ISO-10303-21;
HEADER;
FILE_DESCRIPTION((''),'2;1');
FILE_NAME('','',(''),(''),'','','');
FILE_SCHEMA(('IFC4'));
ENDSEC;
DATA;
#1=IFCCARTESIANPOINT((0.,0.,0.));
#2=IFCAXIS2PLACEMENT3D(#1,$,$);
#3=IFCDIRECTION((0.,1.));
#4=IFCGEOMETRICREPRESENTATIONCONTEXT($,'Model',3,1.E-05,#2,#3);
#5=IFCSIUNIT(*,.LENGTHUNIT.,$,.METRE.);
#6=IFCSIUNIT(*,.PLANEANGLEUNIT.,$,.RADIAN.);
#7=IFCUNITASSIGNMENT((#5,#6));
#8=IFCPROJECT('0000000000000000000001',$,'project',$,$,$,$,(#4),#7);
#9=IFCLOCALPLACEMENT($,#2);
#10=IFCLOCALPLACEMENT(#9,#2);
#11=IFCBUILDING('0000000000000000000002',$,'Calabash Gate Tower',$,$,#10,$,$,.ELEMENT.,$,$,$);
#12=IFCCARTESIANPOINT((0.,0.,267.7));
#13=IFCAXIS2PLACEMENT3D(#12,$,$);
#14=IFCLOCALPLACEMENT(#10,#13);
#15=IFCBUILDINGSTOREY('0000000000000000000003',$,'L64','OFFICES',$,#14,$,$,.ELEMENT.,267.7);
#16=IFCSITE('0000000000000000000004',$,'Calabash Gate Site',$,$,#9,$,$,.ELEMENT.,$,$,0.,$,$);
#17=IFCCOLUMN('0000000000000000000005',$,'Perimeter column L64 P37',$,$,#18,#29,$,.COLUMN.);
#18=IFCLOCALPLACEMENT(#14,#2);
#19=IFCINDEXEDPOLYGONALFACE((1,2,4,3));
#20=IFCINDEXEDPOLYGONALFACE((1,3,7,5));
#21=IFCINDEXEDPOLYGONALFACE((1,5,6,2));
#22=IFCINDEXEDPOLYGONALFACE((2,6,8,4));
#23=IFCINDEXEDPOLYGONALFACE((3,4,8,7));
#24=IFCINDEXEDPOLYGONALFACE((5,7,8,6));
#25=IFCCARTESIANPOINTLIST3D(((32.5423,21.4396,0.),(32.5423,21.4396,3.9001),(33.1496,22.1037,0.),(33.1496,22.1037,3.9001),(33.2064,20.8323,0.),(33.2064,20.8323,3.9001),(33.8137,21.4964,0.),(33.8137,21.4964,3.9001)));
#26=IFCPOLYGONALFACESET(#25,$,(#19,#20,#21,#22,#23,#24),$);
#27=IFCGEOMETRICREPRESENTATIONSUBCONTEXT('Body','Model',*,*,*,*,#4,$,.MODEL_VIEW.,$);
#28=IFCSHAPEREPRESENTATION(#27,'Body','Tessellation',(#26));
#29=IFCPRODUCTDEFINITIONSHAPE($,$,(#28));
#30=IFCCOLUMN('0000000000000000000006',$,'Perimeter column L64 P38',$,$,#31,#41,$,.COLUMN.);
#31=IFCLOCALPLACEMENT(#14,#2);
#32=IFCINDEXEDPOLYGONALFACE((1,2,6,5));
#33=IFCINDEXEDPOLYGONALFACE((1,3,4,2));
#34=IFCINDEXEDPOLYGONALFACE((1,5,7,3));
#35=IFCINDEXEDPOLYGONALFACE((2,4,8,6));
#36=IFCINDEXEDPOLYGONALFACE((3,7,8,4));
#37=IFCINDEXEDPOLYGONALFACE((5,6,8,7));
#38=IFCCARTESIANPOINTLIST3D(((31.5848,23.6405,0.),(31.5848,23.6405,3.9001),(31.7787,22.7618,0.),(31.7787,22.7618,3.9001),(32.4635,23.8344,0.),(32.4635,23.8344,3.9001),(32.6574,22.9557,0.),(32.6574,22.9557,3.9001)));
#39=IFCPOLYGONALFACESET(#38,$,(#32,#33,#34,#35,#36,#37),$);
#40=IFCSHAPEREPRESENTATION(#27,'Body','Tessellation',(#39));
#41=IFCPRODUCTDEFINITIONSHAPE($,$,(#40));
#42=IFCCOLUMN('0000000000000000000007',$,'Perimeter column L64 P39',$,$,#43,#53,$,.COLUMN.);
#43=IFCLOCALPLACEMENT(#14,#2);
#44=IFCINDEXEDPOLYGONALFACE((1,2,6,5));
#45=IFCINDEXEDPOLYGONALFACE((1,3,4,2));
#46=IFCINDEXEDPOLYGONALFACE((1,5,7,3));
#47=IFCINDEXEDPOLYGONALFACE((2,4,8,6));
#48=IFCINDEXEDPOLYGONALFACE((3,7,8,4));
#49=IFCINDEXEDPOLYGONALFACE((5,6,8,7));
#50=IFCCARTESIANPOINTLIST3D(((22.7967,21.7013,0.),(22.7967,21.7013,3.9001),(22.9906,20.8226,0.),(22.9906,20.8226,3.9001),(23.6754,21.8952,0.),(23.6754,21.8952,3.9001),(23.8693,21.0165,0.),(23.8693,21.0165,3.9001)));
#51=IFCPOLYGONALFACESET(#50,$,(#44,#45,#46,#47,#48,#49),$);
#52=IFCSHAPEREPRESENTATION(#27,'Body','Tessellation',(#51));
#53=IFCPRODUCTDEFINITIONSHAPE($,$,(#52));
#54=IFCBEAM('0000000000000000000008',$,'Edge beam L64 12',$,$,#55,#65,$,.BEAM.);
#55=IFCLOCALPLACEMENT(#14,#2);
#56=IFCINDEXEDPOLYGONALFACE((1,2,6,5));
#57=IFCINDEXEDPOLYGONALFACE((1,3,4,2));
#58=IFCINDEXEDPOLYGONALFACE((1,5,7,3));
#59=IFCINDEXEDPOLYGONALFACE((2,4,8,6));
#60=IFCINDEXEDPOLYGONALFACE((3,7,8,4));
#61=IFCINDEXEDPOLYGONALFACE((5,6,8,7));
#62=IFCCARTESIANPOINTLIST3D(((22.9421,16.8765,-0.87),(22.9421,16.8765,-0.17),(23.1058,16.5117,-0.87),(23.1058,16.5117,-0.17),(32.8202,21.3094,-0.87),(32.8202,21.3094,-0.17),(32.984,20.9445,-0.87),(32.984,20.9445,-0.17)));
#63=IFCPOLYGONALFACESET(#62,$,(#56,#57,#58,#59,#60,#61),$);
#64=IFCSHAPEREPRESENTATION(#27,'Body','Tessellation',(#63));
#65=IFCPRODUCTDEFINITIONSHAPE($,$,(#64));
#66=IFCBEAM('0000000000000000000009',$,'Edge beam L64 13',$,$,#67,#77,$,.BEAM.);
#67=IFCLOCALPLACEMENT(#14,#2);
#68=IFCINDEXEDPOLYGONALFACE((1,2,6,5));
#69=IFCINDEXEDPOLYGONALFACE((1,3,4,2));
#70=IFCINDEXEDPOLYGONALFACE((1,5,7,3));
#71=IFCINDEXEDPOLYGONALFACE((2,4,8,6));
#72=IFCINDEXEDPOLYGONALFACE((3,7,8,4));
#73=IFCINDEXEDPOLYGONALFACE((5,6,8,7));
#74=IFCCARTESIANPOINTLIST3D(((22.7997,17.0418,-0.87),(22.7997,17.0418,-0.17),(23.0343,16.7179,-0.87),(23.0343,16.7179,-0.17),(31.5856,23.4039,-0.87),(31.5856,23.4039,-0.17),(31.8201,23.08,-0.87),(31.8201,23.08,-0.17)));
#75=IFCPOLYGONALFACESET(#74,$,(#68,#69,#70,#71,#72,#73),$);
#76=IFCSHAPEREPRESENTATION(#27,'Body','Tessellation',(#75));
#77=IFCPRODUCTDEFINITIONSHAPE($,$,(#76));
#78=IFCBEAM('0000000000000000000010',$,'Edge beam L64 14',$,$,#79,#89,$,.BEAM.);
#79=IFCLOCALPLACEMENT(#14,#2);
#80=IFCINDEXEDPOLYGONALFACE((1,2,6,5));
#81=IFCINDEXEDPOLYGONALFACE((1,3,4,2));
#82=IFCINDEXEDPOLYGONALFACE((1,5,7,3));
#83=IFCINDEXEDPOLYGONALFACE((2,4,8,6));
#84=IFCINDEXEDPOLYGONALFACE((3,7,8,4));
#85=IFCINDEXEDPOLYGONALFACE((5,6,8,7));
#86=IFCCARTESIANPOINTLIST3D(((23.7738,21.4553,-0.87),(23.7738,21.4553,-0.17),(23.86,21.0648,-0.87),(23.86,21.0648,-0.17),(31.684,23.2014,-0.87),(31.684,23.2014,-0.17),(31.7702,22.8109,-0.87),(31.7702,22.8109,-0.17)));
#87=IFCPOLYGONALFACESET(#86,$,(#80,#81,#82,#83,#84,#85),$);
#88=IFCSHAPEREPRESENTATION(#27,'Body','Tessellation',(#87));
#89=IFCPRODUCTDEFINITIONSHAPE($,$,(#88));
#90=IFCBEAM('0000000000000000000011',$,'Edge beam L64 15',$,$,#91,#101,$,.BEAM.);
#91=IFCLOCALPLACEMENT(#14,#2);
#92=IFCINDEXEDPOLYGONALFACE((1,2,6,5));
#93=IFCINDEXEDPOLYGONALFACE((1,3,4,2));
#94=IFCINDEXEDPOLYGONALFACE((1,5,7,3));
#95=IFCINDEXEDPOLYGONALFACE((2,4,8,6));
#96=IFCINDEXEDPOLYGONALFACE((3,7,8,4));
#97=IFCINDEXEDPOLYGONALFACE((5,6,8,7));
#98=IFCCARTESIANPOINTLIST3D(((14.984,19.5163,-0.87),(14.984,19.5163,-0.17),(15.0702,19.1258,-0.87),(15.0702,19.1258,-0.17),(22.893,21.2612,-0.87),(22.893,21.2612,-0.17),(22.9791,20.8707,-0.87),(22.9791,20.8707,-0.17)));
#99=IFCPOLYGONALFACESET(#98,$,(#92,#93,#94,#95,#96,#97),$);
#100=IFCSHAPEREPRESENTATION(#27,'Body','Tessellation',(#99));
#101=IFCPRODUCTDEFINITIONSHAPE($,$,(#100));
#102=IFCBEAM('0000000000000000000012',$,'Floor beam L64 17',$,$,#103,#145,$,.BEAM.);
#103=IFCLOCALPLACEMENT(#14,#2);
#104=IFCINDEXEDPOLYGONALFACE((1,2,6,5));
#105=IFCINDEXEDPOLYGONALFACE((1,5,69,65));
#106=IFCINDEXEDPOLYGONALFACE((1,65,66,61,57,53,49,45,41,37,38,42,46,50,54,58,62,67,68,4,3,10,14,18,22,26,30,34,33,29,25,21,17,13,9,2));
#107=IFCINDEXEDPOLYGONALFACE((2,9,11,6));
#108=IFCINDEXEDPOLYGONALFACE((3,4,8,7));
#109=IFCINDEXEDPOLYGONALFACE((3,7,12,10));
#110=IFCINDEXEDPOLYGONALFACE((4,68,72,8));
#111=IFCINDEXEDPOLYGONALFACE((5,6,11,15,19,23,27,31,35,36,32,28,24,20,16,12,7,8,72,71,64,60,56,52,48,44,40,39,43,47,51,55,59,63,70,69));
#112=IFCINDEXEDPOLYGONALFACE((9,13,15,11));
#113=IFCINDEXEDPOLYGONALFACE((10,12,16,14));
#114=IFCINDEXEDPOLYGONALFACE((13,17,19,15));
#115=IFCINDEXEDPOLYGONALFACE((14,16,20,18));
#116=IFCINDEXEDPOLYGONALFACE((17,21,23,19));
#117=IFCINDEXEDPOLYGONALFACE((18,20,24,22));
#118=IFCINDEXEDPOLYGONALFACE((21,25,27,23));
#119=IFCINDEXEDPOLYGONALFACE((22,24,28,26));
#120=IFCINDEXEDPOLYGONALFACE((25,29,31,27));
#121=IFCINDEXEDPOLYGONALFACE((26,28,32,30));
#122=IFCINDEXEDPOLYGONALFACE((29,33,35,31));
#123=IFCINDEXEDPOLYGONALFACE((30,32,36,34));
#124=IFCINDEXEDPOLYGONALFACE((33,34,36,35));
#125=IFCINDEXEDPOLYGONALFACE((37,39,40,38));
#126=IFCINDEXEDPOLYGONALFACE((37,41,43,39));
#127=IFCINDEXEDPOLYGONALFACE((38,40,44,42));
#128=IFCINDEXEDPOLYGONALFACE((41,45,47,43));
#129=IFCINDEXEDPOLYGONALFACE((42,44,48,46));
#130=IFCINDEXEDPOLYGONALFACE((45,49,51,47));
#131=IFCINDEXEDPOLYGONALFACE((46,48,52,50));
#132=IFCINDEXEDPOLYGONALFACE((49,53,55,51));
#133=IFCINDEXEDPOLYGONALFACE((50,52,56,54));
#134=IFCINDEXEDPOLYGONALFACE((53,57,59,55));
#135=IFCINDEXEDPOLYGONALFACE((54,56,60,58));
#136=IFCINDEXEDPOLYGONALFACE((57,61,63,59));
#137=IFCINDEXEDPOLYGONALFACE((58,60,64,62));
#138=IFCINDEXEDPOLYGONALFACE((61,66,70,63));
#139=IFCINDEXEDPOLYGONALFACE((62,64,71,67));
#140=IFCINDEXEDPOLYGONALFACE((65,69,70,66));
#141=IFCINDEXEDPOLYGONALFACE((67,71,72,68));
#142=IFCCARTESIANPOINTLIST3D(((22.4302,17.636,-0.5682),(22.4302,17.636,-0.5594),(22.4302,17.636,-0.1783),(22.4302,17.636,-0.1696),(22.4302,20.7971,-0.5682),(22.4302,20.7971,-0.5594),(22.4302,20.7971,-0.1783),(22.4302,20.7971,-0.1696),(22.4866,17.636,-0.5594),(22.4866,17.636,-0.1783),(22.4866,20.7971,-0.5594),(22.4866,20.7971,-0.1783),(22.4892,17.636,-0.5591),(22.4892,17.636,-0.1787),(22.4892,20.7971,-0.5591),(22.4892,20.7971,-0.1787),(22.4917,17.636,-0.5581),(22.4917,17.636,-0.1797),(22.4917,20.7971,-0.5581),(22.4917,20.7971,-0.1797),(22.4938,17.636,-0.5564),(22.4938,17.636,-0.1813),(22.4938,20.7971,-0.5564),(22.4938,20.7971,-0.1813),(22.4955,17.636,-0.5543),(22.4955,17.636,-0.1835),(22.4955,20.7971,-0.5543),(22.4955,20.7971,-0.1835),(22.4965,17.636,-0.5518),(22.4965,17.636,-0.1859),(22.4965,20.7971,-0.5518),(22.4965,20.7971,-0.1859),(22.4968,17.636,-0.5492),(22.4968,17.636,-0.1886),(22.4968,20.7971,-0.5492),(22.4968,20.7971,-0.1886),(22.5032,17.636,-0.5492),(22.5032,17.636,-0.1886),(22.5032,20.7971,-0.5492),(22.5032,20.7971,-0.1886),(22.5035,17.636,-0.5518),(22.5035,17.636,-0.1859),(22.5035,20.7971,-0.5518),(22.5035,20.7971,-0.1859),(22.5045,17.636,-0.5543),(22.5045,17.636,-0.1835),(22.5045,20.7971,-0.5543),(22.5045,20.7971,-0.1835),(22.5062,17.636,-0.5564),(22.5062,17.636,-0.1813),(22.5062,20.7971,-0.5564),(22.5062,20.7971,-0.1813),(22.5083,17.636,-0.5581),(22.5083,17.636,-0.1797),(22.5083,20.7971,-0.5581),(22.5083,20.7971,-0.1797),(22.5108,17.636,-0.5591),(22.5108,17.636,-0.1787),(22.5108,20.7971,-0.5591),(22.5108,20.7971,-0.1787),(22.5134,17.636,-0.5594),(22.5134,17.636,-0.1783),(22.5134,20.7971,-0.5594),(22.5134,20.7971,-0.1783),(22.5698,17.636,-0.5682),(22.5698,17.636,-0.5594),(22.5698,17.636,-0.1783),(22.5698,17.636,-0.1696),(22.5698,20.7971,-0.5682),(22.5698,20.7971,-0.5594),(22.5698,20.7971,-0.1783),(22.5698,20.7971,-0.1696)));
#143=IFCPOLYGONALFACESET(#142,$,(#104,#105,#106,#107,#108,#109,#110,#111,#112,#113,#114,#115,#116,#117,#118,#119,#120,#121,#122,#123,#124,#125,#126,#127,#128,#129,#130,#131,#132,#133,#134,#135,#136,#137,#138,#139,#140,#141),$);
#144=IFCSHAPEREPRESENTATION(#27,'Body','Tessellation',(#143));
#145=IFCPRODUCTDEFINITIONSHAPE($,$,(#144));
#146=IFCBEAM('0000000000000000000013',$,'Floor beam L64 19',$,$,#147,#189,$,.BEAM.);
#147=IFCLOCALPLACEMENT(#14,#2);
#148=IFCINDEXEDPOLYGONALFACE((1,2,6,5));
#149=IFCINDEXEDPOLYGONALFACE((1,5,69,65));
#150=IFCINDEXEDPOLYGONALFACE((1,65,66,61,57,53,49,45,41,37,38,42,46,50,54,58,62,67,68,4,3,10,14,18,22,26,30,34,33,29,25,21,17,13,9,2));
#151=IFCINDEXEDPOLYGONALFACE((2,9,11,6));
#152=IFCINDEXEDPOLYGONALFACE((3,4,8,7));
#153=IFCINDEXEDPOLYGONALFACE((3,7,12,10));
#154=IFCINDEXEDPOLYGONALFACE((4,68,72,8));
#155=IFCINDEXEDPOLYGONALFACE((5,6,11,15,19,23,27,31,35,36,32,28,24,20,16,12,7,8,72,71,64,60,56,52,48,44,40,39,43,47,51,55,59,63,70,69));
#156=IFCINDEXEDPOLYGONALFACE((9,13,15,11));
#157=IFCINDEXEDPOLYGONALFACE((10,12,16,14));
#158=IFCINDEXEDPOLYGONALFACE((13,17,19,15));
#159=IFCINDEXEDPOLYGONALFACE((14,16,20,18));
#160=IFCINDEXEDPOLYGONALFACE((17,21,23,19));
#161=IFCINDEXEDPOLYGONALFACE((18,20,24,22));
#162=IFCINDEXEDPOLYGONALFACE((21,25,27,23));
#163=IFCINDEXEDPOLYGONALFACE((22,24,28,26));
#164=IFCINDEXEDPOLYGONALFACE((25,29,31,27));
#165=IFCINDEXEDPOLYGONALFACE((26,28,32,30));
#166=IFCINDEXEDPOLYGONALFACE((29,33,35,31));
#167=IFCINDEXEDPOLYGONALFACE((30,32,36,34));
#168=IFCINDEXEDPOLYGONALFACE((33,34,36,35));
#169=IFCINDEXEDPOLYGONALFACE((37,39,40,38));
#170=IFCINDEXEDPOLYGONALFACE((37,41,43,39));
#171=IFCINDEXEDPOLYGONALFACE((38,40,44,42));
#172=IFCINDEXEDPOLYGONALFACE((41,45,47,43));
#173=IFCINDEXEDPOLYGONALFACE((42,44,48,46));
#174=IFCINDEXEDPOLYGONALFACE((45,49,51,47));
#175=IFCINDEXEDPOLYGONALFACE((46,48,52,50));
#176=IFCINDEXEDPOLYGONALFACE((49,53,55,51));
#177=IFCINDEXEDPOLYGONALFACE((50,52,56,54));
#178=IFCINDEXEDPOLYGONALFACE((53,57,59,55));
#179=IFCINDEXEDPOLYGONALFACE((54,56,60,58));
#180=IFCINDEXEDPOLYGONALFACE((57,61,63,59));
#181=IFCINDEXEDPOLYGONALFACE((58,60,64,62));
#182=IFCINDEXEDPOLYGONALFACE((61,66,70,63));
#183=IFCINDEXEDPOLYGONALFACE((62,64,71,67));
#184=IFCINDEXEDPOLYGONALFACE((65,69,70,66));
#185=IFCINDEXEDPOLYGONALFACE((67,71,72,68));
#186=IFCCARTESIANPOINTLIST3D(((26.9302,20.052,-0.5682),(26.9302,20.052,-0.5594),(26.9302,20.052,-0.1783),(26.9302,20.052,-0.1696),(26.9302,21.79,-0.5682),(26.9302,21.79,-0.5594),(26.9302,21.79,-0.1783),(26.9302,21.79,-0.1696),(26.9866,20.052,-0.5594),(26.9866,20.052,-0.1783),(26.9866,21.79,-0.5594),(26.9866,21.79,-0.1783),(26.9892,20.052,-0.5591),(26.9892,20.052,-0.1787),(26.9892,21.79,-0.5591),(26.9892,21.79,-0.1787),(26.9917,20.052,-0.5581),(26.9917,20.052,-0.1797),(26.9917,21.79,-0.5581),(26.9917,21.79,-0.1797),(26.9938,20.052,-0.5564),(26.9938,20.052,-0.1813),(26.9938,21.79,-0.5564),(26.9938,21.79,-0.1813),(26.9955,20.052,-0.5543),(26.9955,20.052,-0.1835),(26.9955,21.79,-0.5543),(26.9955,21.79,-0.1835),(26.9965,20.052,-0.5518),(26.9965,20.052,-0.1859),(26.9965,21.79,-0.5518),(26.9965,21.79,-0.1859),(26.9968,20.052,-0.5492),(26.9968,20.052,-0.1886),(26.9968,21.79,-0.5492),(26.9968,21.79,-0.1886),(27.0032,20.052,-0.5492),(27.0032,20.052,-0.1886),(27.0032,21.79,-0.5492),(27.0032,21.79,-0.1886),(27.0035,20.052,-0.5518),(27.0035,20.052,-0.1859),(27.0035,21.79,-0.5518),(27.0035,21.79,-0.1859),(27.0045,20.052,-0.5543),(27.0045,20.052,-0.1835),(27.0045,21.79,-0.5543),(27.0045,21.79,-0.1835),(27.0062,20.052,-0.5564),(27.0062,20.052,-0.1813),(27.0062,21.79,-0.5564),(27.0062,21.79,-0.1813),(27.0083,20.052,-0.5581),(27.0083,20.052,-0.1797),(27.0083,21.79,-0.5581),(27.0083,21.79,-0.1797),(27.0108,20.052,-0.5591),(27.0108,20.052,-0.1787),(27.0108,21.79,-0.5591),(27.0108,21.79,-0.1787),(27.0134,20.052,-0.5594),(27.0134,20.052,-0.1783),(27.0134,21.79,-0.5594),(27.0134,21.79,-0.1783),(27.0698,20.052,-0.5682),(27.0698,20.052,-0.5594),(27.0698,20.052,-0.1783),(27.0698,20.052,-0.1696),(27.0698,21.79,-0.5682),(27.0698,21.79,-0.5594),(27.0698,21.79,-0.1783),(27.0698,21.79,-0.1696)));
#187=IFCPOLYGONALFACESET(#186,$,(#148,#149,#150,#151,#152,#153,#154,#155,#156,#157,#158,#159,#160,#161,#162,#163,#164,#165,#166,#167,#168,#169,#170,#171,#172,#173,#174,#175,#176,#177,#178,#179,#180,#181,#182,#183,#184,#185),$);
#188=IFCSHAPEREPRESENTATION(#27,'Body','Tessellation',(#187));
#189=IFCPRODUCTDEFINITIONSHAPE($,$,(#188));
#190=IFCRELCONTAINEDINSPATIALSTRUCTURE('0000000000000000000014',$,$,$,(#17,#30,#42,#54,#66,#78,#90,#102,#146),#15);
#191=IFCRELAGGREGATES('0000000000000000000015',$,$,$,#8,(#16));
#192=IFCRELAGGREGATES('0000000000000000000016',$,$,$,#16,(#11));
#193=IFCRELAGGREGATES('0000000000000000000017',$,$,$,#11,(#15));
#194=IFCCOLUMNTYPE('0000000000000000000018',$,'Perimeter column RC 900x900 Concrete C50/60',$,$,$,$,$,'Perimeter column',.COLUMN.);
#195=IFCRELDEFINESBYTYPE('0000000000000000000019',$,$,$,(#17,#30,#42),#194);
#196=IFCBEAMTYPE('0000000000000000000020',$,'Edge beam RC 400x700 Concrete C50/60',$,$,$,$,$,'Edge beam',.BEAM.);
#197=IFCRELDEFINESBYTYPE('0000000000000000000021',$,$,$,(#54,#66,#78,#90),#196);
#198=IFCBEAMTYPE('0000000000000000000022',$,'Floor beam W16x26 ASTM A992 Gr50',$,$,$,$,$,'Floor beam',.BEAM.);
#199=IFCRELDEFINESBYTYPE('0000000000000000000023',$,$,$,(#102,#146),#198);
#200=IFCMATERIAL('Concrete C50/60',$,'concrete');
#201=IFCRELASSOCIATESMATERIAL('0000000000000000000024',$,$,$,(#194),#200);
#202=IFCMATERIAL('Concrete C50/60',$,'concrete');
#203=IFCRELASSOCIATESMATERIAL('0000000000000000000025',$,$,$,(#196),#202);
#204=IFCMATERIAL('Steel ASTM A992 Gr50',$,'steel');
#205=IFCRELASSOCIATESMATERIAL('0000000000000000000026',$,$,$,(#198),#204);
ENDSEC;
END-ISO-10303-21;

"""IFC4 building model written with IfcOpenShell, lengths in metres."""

from ifc_helpers import new_model, si_unit, direction, frame, origin, origin_2d, place, context, subcontext, project, spatial, rectangle, i_section, extrude, material, material_profile, profile_set, type_object, element, save


model = new_model("IFC4")

# Units and contexts
model_context = context("Model", 3, precision=1e-05, world=origin(), true_north=direction((0.0, 1.0)))
body_context = subcontext(model_context, "Body", "Model", "MODEL_VIEW")
ifc_project = project(units=[si_unit("LENGTHUNIT", "METRE"), si_unit("PLANEANGLEUNIT", "RADIAN")], contexts=[model_context])

# Site, building, storey
site_placement = place(None, origin())
site = spatial("IfcSite", under=ifc_project, at=site_placement, Name="Calabash Gate Site", CompositionType="ELEMENT", RefElevation=0.0)
building_placement = place(site_placement, origin())
building = spatial("IfcBuilding", under=site, at=building_placement, Name="Calabash Gate Tower", CompositionType="ELEMENT")
storey_placement = place(building_placement, frame((0.0, 0.0, 267.7)))
storey = spatial("IfcBuildingStorey", under=building, at=storey_placement, Name="L64", Description="OFFICES", CompositionType="ELEMENT", Elevation=267.7)

# Columns
ifc_material_1 = material(Name="Concrete C50/60", Category="concrete")
ifc_material_profile_1 = material_profile(ifc_material_1, rectangle(XDim=0.8999, YDim=0.8999, at=origin_2d()))
ifc_profile_set_1 = profile_set([ifc_material_profile_1], Name="Concrete C50/60")
column_type = type_object("IfcColumnType", Name="Perimeter column RC 900x900 Concrete C50/60", ElementType="Perimeter column", PredefinedType="COLUMN", material=ifc_profile_set_1)
for number, where, z_axis, x_axis, name in (
    (1, (33.178, 21.468, 0.0), (0.0, 0.0, 1.0), (0.674856, 0.737949, 0.0), "Perimeter column L64 P37"),
    (2, (32.1211, 23.2981, 0.0), (0.0, 0.0, 1.0), (-0.976511, -0.215468, 0.0), "Perimeter column L64 P38"),
    (3, (23.333, 21.3589, 0.0), (0.0, 0.0, 1.0), (-0.976511, -0.215468, 0.0), "Perimeter column L64 P39"),
):
    element("IfcColumn", number, at=place(storey_placement, frame(where, z_axis=z_axis, x_axis=x_axis)), inside=storey, type_object=column_type, Name=name, PredefinedType="COLUMN", context=body_context, shape_type="SweptSolid", body=[
        extrude(rectangle(XDim=0.8999, YDim=0.8999, at=origin_2d()), origin(), (0.0, 0.0, 1.0), 3.9001),
    ])

# Beams
ifc_material_2 = material(Name="Concrete C50/60", Category="concrete")
ifc_material_profile_2 = material_profile(ifc_material_2, rectangle(XDim=0.3999, YDim=0.7, at=origin_2d()))
ifc_profile_set_2 = profile_set([ifc_material_profile_2], Name="Concrete C50/60")
beam_type_1 = type_object("IfcBeamType", Name="Edge beam RC 400x700 Concrete C50/60", ElementType="Edge beam", PredefinedType="BEAM", material=ifc_profile_set_2)
beam_1_placement = place(storey_placement, frame((32.9021, 21.127, -0.52), z_axis=(-0.912347, -0.409418, 0.0), x_axis=(0.409418, -0.912347, 0.0)))
element("IfcBeam", 4, at=beam_1_placement, inside=storey, type_object=beam_type_1, Name="Edge beam L64 12", PredefinedType="BEAM", context=body_context, shape_type="SweptSolid", body=[
    extrude(rectangle(XDim=0.3999, YDim=0.7, at=origin_2d()), origin(), (0.0, 0.0, 1.0), 10.8271),
])
beam_2_placement = place(storey_placement, frame((22.917, 16.8799, -0.52), z_axis=(0.809948, 0.586502, 0.0), x_axis=(-0.586502, 0.809948, 0.0)))
element("IfcBeam", 5, at=beam_2_placement, inside=storey, type_object=beam_type_1, Name="Edge beam L64 13", PredefinedType="BEAM", context=body_context, shape_type="SweptSolid", body=[
    extrude(rectangle(XDim=0.3999, YDim=0.7, at=origin_2d()), origin(), (0.0, 0.0, 1.0), 10.8474),
])
beam_3_placement = place(storey_placement, frame((31.7271, 23.0061, -0.52), z_axis=(-0.976492, -0.215552, 0.0), x_axis=(0.215552, -0.976492, 0.0)))
element("IfcBeam", 6, at=beam_3_placement, inside=storey, type_object=beam_type_1, Name="Edge beam L64 14", PredefinedType="BEAM", context=body_context, shape_type="SweptSolid", body=[
    extrude(rectangle(XDim=0.3999, YDim=0.7, at=origin_2d()), origin(), (0.0, 0.0, 1.0), 8.1006),
])
beam_4_placement = place(storey_placement, frame((22.936, 21.0659, -0.52), z_axis=(-0.976517, -0.21544, 0.0), x_axis=(0.21544, -0.976517, 0.0)))
element("IfcBeam", 7, at=beam_4_placement, inside=storey, type_object=beam_type_1, Name="Edge beam L64 15", PredefinedType="BEAM", context=body_context, shape_type="SweptSolid", body=[
    extrude(rectangle(XDim=0.3999, YDim=0.7, at=origin_2d()), origin(), (0.0, 0.0, 1.0), 8.0991),
])
ifc_material_3 = material(Name="Steel ASTM A992 Gr50", Category="steel")
ifc_material_profile_3 = material_profile(ifc_material_3, i_section(OverallWidth=0.1396, OverallDepth=0.3987, WebThickness=0.0063, FlangeThickness=0.0088, FilletRadius=0.0103, at=origin_2d()))
ifc_profile_set_3 = profile_set([ifc_material_profile_3], Name="Steel ASTM A992 Gr50")
beam_type_2 = type_object("IfcBeamType", Name="Floor beam W16x26 ASTM A992 Gr50", ElementType="Floor beam", PredefinedType="BEAM", material=ifc_profile_set_3)
beam_5_placement = place(storey_placement, frame((22.5, 17.636, -0.3689), z_axis=(0.0, 1.0, 0.0), x_axis=(-1.0, 0.0, 0.0)))
element("IfcBeam", 8, at=beam_5_placement, inside=storey, type_object=beam_type_2, Name="Floor beam L64 17", PredefinedType="BEAM", context=body_context, shape_type="SweptSolid", body=[
    extrude(i_section(OverallWidth=0.1396, OverallDepth=0.3987, WebThickness=0.0063, FlangeThickness=0.0088, FilletRadius=0.0103, at=origin_2d()), origin(), (0.0, 0.0, 1.0), 3.1611),
])
beam_6_placement = place(storey_placement, frame((27.0, 20.052, -0.3689), z_axis=(0.0, 1.0, 0.0), x_axis=(-1.0, 0.0, 0.0)))
element("IfcBeam", 9, at=beam_6_placement, inside=storey, type_object=beam_type_2, Name="Floor beam L64 19", PredefinedType="BEAM", context=body_context, shape_type="SweptSolid", body=[
    extrude(i_section(OverallWidth=0.1396, OverallDepth=0.3987, WebThickness=0.0063, FlangeThickness=0.0088, FilletRadius=0.0103, at=origin_2d()), origin(), (0.0, 0.0, 1.0), 1.738),
])

save(model, "model.ifc")
